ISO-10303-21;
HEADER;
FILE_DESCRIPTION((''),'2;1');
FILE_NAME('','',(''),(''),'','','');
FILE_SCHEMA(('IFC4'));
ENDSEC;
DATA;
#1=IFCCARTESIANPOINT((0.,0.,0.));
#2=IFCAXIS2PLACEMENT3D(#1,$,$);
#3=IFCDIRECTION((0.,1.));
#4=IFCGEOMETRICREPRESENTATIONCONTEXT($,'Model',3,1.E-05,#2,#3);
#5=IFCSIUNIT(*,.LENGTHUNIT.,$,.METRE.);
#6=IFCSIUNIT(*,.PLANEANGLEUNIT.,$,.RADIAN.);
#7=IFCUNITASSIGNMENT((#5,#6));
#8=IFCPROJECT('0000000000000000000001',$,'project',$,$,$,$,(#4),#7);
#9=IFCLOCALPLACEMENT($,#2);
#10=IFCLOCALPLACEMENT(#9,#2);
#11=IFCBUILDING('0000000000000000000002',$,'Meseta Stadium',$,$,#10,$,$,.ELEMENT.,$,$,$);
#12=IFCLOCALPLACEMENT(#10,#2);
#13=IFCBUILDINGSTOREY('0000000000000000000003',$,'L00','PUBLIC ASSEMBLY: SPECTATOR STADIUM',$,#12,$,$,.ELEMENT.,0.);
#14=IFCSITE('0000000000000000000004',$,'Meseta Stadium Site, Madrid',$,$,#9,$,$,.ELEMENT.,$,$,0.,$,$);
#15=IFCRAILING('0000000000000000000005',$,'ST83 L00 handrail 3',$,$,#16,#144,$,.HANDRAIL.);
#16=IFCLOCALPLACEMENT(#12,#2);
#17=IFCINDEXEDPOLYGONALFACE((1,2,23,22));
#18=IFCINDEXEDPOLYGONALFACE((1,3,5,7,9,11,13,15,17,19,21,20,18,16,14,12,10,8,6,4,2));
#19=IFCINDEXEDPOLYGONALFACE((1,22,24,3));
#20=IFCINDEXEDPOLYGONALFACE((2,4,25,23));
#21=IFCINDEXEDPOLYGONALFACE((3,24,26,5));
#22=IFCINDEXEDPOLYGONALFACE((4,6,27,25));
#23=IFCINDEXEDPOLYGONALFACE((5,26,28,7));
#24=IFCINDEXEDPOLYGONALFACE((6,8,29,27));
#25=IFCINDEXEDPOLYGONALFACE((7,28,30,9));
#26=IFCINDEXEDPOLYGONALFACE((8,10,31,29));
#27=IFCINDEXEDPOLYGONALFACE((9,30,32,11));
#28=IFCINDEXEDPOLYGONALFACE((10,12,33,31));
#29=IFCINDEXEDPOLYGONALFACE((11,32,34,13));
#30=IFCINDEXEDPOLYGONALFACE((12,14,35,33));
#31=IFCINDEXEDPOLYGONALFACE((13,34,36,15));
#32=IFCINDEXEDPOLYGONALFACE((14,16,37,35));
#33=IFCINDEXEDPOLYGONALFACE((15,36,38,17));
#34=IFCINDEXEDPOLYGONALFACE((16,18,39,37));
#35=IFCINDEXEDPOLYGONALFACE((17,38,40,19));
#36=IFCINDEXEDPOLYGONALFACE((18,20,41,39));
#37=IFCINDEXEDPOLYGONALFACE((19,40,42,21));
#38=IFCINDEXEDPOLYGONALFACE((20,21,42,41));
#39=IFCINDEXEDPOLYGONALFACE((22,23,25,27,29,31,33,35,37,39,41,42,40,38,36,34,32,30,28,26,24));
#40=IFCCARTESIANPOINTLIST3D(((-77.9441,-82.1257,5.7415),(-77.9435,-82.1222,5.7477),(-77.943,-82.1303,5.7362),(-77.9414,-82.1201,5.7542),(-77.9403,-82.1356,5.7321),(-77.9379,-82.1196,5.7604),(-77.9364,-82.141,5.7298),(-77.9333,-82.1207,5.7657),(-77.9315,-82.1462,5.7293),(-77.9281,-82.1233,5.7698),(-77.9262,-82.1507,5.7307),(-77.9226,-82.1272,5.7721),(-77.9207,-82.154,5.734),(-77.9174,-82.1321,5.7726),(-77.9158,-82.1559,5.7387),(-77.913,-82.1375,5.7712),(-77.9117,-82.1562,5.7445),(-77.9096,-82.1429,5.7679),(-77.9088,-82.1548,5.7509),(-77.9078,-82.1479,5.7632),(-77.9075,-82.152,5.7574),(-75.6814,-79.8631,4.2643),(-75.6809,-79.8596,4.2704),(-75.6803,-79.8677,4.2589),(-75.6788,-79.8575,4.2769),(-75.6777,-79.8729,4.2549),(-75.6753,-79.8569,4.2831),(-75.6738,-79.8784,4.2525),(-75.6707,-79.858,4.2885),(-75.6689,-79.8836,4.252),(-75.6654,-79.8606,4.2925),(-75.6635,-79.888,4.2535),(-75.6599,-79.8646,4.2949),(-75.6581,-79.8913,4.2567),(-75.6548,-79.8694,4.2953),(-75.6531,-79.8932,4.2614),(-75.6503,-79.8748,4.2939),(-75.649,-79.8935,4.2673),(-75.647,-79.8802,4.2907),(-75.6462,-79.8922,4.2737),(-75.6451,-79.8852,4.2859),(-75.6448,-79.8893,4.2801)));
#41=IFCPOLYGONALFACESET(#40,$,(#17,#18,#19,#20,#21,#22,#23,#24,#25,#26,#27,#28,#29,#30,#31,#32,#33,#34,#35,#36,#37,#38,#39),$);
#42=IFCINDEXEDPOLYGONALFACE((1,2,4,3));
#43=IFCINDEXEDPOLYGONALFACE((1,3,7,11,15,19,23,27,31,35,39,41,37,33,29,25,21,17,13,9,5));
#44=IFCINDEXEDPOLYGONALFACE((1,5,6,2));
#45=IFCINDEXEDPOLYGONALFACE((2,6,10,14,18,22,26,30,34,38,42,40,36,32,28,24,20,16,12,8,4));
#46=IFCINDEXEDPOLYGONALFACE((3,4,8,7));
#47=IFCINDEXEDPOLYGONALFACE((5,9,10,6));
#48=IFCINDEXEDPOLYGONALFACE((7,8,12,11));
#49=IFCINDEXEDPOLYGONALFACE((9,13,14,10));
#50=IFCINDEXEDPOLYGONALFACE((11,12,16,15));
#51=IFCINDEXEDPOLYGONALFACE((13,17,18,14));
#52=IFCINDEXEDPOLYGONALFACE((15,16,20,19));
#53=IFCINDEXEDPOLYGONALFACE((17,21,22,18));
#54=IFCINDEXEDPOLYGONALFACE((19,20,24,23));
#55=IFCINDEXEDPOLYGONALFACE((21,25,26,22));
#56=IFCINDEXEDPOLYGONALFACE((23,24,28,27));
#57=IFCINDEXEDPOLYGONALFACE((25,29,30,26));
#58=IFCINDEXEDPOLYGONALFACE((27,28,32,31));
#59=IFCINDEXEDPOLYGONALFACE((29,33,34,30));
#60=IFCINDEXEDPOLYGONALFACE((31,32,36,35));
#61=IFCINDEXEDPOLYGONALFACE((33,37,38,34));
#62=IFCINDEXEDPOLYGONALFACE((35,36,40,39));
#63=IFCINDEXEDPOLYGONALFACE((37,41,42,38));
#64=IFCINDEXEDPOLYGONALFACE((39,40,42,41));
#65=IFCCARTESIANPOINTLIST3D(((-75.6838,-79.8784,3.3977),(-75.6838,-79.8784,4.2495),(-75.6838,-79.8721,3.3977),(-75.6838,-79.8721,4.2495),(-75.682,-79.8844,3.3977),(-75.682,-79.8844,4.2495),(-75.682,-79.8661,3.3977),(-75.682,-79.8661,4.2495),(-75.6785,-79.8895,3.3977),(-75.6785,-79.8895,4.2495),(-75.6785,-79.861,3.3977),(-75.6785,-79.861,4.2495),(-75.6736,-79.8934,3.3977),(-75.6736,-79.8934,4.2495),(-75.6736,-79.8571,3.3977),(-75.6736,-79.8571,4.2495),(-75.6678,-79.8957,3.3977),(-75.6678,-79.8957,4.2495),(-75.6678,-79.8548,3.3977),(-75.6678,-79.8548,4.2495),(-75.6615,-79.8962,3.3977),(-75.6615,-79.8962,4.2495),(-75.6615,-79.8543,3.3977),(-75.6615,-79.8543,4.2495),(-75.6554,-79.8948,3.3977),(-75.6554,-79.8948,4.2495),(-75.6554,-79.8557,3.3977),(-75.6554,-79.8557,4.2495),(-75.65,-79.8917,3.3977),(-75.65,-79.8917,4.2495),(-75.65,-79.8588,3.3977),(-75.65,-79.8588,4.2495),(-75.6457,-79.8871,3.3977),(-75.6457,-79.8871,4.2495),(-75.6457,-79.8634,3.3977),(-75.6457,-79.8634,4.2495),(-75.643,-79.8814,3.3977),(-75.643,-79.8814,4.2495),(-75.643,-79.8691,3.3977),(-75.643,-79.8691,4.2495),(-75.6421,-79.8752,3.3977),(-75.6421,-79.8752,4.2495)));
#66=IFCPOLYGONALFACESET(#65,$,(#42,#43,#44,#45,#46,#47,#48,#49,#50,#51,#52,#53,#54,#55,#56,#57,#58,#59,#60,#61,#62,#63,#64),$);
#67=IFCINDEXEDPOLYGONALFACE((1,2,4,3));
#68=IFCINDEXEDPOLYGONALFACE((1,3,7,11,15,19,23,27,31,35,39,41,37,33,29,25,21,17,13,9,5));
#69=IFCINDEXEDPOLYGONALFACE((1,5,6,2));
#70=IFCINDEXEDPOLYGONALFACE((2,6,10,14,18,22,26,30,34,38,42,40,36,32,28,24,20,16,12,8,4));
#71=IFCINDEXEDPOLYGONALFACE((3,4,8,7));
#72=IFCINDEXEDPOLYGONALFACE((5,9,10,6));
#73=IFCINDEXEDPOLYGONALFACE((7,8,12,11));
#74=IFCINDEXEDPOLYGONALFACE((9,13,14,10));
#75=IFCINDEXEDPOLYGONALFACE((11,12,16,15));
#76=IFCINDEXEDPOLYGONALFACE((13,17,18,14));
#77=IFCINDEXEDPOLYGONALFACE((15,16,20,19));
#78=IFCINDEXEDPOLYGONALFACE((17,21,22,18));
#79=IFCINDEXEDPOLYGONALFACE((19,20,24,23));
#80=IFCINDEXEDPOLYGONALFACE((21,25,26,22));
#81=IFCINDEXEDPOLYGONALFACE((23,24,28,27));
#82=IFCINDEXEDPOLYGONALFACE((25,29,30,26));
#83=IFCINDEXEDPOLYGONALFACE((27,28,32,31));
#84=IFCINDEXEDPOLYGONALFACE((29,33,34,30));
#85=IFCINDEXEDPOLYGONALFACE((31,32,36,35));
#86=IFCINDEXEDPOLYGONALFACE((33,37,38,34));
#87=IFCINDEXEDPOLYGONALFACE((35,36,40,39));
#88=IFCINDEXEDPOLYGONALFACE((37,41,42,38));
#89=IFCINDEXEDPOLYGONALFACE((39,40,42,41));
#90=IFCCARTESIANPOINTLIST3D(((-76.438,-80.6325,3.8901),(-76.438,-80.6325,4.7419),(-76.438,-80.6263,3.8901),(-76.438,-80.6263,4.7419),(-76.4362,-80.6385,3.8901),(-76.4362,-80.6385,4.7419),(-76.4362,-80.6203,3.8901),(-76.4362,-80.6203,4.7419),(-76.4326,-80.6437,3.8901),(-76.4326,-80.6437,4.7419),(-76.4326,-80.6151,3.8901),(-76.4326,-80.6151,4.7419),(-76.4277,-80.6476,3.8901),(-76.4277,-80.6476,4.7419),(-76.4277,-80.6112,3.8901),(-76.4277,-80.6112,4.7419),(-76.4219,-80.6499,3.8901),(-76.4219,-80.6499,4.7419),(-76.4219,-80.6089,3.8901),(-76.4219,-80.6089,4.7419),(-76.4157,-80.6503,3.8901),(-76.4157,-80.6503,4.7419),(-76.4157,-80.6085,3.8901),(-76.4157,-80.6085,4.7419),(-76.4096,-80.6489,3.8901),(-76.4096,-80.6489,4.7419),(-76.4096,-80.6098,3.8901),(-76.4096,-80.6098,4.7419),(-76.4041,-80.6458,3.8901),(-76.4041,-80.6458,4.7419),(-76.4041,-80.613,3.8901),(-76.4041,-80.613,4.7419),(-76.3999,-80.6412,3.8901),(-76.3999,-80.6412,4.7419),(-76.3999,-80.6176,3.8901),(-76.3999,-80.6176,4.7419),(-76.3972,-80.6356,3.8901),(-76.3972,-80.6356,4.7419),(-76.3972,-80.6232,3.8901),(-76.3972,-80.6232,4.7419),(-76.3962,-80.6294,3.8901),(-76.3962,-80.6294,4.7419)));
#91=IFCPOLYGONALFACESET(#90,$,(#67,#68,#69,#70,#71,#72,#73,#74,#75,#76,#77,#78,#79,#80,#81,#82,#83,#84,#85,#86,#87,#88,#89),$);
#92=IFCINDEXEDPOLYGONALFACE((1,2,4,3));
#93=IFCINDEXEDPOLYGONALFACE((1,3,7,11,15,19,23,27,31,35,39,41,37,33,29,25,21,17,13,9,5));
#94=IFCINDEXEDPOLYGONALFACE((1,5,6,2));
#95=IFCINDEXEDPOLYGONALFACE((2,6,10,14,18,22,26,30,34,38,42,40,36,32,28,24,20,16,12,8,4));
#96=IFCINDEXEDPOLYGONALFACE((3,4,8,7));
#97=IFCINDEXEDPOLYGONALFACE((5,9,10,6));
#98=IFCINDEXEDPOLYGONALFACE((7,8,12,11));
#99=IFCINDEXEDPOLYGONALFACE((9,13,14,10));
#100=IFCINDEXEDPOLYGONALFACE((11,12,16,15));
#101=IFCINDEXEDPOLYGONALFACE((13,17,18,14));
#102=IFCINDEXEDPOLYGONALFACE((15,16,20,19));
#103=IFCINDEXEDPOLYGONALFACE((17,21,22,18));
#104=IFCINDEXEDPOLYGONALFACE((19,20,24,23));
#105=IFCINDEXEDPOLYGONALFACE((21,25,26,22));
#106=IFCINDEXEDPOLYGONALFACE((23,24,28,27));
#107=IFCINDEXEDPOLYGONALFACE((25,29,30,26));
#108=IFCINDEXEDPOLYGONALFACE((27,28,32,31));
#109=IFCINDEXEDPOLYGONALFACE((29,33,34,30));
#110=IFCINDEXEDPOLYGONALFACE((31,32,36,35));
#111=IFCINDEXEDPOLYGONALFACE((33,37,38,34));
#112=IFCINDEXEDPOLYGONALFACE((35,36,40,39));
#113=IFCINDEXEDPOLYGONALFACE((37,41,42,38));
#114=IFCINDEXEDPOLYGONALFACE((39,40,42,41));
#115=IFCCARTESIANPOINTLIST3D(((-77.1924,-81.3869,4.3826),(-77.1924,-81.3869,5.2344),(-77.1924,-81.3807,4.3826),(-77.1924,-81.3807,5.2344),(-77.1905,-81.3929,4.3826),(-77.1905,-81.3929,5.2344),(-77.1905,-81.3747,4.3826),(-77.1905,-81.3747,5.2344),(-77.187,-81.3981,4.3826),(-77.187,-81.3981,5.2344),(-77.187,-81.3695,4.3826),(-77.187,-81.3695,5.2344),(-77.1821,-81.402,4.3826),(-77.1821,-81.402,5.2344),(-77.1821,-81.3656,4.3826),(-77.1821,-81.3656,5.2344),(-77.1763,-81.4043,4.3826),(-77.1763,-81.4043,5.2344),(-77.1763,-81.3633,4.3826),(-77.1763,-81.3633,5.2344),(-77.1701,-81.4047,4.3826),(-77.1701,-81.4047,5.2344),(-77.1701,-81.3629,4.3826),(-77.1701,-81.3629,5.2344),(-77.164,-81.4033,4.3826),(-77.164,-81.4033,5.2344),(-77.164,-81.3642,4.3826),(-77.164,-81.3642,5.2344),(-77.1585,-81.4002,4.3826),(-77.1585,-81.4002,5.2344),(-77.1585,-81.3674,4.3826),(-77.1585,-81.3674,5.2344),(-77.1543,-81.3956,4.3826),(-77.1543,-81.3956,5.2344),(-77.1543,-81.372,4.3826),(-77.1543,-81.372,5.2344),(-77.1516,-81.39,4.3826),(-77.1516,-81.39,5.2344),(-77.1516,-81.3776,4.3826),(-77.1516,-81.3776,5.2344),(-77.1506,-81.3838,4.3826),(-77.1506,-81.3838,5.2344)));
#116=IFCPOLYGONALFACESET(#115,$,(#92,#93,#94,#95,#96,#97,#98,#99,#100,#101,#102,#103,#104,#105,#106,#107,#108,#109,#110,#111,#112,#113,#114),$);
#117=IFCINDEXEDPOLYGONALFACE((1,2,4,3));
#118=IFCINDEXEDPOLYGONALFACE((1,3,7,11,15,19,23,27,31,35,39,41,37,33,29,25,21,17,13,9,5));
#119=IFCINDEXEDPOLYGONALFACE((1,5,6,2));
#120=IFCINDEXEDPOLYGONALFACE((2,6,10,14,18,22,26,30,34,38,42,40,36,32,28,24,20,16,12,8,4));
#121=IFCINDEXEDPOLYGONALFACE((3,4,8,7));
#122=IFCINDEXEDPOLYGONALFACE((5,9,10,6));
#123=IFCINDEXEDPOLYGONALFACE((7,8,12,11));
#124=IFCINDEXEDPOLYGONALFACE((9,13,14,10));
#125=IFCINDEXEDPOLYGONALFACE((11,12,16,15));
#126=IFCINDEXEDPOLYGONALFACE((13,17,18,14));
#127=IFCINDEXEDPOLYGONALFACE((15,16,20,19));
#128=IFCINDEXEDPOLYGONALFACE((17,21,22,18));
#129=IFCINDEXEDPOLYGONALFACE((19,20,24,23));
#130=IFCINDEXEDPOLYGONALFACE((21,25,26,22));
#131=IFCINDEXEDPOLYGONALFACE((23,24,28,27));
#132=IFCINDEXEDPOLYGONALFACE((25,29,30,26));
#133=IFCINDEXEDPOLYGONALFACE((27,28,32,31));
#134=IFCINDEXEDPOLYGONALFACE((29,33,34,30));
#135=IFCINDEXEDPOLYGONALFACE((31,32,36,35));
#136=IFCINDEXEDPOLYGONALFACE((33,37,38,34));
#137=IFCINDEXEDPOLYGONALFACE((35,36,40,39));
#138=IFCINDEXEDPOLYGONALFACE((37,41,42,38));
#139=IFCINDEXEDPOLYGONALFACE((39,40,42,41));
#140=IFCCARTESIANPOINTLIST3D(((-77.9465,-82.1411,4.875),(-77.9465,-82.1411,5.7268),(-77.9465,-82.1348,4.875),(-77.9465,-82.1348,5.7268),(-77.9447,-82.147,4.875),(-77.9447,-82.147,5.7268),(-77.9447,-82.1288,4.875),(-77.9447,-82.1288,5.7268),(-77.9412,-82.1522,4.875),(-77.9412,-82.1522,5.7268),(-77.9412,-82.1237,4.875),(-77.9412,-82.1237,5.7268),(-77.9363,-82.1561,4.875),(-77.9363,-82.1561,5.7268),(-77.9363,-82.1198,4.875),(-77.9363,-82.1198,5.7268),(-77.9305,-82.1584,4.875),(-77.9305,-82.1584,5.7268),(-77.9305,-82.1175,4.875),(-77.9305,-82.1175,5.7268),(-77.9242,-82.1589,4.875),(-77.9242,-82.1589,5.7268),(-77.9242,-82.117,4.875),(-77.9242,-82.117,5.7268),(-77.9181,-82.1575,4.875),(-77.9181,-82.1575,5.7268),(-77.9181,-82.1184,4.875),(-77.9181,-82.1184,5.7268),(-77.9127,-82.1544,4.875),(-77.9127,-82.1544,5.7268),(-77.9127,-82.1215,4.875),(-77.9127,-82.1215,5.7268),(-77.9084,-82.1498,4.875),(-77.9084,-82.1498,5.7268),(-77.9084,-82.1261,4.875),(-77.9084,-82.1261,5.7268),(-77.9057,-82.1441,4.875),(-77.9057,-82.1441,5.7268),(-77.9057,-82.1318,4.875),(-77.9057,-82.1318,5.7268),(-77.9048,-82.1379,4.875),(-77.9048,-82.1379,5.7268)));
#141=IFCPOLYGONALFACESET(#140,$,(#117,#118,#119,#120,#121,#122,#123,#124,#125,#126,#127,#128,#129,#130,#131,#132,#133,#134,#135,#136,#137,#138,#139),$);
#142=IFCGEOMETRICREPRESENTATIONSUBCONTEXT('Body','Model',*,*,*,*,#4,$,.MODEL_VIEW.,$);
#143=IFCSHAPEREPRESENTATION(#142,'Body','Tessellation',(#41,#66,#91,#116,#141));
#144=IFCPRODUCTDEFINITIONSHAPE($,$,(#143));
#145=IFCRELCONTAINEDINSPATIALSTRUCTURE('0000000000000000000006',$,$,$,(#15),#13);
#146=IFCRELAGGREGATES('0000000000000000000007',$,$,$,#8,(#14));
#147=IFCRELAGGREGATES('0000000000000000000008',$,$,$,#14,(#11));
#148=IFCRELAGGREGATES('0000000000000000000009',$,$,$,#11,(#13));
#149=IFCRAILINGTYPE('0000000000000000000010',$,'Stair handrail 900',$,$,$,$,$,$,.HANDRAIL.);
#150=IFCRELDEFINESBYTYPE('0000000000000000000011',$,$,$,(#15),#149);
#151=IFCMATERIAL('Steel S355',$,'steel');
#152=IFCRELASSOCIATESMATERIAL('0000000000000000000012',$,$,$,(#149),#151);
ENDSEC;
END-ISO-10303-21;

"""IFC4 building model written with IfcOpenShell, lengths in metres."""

from ifc_helpers import new_model, si_unit, direction, frame, origin, origin_2d, place, context, subcontext, project, spatial, circle, extrude, material, type_object, element, save


model = new_model("IFC4")

# Units and contexts
model_context = context("Model", 3, precision=1e-05, world=origin(), true_north=direction((0.0, 1.0)))
body_context = subcontext(model_context, "Body", "Model", "MODEL_VIEW")
ifc_project = project(units=[si_unit("LENGTHUNIT", "METRE"), si_unit("PLANEANGLEUNIT", "RADIAN")], contexts=[model_context])

# Site, building, storey
site_placement = place(None, origin())
site = spatial("IfcSite", under=ifc_project, at=site_placement, Name="Meseta Stadium Site, Madrid", CompositionType="ELEMENT", RefElevation=0.0)
building_placement = place(site_placement, origin())
building = spatial("IfcBuilding", under=site, at=building_placement, Name="Meseta Stadium", CompositionType="ELEMENT")
storey_placement = place(building_placement, origin())
storey = spatial("IfcBuildingStorey", under=building, at=storey_placement, Name="L00", Description="PUBLIC ASSEMBLY: SPECTATOR STADIUM", CompositionType="ELEMENT", Elevation=0.0)

# Railing
ifc_material_1 = material(Name="Steel S355", Category="steel")
railing_type_1 = type_object("IfcRailingType", Name="Stair handrail 900", PredefinedType="HANDRAIL", material=ifc_material_1)
for number, where, name in (
    (1, (-75.6631, -79.8752, 3.3977), "ST83 L00 handrail 3"),
):
    element("IfcRailing", number, at=place(storey_placement, frame(where)), inside=storey, type_object=railing_type_1, Name=name, PredefinedType="HANDRAIL", context=body_context, shape_type="SweptSolid", body=[
        extrude(circle(Radius=0.0239, at=origin_2d()), frame((0.0, 0.0, 0.876), z_axis=(-0.641994, -0.641994, 0.419152), x_axis=(0.707107, -0.707107, 0.0)), (0.0, 0.0, 1.0), 3.5244),
        extrude(circle(Radius=0.021, at=origin_2d()), origin(), (0.0, 0.0, 1.0), 0.8518),
        extrude(circle(Radius=0.021, at=origin_2d()), frame((-0.7542, -0.7542, 0.4924)), (0.0, 0.0, 1.0), 0.8518),
        extrude(circle(Radius=0.021, at=origin_2d()), frame((-1.5085, -1.5085, 0.9849)), (0.0, 0.0, 1.0), 0.8518),
        extrude(circle(Radius=0.021, at=origin_2d()), frame((-2.2627, -2.2627, 1.4773)), (0.0, 0.0, 1.0), 0.8518),
    ])

save(model, "model.ifc")
